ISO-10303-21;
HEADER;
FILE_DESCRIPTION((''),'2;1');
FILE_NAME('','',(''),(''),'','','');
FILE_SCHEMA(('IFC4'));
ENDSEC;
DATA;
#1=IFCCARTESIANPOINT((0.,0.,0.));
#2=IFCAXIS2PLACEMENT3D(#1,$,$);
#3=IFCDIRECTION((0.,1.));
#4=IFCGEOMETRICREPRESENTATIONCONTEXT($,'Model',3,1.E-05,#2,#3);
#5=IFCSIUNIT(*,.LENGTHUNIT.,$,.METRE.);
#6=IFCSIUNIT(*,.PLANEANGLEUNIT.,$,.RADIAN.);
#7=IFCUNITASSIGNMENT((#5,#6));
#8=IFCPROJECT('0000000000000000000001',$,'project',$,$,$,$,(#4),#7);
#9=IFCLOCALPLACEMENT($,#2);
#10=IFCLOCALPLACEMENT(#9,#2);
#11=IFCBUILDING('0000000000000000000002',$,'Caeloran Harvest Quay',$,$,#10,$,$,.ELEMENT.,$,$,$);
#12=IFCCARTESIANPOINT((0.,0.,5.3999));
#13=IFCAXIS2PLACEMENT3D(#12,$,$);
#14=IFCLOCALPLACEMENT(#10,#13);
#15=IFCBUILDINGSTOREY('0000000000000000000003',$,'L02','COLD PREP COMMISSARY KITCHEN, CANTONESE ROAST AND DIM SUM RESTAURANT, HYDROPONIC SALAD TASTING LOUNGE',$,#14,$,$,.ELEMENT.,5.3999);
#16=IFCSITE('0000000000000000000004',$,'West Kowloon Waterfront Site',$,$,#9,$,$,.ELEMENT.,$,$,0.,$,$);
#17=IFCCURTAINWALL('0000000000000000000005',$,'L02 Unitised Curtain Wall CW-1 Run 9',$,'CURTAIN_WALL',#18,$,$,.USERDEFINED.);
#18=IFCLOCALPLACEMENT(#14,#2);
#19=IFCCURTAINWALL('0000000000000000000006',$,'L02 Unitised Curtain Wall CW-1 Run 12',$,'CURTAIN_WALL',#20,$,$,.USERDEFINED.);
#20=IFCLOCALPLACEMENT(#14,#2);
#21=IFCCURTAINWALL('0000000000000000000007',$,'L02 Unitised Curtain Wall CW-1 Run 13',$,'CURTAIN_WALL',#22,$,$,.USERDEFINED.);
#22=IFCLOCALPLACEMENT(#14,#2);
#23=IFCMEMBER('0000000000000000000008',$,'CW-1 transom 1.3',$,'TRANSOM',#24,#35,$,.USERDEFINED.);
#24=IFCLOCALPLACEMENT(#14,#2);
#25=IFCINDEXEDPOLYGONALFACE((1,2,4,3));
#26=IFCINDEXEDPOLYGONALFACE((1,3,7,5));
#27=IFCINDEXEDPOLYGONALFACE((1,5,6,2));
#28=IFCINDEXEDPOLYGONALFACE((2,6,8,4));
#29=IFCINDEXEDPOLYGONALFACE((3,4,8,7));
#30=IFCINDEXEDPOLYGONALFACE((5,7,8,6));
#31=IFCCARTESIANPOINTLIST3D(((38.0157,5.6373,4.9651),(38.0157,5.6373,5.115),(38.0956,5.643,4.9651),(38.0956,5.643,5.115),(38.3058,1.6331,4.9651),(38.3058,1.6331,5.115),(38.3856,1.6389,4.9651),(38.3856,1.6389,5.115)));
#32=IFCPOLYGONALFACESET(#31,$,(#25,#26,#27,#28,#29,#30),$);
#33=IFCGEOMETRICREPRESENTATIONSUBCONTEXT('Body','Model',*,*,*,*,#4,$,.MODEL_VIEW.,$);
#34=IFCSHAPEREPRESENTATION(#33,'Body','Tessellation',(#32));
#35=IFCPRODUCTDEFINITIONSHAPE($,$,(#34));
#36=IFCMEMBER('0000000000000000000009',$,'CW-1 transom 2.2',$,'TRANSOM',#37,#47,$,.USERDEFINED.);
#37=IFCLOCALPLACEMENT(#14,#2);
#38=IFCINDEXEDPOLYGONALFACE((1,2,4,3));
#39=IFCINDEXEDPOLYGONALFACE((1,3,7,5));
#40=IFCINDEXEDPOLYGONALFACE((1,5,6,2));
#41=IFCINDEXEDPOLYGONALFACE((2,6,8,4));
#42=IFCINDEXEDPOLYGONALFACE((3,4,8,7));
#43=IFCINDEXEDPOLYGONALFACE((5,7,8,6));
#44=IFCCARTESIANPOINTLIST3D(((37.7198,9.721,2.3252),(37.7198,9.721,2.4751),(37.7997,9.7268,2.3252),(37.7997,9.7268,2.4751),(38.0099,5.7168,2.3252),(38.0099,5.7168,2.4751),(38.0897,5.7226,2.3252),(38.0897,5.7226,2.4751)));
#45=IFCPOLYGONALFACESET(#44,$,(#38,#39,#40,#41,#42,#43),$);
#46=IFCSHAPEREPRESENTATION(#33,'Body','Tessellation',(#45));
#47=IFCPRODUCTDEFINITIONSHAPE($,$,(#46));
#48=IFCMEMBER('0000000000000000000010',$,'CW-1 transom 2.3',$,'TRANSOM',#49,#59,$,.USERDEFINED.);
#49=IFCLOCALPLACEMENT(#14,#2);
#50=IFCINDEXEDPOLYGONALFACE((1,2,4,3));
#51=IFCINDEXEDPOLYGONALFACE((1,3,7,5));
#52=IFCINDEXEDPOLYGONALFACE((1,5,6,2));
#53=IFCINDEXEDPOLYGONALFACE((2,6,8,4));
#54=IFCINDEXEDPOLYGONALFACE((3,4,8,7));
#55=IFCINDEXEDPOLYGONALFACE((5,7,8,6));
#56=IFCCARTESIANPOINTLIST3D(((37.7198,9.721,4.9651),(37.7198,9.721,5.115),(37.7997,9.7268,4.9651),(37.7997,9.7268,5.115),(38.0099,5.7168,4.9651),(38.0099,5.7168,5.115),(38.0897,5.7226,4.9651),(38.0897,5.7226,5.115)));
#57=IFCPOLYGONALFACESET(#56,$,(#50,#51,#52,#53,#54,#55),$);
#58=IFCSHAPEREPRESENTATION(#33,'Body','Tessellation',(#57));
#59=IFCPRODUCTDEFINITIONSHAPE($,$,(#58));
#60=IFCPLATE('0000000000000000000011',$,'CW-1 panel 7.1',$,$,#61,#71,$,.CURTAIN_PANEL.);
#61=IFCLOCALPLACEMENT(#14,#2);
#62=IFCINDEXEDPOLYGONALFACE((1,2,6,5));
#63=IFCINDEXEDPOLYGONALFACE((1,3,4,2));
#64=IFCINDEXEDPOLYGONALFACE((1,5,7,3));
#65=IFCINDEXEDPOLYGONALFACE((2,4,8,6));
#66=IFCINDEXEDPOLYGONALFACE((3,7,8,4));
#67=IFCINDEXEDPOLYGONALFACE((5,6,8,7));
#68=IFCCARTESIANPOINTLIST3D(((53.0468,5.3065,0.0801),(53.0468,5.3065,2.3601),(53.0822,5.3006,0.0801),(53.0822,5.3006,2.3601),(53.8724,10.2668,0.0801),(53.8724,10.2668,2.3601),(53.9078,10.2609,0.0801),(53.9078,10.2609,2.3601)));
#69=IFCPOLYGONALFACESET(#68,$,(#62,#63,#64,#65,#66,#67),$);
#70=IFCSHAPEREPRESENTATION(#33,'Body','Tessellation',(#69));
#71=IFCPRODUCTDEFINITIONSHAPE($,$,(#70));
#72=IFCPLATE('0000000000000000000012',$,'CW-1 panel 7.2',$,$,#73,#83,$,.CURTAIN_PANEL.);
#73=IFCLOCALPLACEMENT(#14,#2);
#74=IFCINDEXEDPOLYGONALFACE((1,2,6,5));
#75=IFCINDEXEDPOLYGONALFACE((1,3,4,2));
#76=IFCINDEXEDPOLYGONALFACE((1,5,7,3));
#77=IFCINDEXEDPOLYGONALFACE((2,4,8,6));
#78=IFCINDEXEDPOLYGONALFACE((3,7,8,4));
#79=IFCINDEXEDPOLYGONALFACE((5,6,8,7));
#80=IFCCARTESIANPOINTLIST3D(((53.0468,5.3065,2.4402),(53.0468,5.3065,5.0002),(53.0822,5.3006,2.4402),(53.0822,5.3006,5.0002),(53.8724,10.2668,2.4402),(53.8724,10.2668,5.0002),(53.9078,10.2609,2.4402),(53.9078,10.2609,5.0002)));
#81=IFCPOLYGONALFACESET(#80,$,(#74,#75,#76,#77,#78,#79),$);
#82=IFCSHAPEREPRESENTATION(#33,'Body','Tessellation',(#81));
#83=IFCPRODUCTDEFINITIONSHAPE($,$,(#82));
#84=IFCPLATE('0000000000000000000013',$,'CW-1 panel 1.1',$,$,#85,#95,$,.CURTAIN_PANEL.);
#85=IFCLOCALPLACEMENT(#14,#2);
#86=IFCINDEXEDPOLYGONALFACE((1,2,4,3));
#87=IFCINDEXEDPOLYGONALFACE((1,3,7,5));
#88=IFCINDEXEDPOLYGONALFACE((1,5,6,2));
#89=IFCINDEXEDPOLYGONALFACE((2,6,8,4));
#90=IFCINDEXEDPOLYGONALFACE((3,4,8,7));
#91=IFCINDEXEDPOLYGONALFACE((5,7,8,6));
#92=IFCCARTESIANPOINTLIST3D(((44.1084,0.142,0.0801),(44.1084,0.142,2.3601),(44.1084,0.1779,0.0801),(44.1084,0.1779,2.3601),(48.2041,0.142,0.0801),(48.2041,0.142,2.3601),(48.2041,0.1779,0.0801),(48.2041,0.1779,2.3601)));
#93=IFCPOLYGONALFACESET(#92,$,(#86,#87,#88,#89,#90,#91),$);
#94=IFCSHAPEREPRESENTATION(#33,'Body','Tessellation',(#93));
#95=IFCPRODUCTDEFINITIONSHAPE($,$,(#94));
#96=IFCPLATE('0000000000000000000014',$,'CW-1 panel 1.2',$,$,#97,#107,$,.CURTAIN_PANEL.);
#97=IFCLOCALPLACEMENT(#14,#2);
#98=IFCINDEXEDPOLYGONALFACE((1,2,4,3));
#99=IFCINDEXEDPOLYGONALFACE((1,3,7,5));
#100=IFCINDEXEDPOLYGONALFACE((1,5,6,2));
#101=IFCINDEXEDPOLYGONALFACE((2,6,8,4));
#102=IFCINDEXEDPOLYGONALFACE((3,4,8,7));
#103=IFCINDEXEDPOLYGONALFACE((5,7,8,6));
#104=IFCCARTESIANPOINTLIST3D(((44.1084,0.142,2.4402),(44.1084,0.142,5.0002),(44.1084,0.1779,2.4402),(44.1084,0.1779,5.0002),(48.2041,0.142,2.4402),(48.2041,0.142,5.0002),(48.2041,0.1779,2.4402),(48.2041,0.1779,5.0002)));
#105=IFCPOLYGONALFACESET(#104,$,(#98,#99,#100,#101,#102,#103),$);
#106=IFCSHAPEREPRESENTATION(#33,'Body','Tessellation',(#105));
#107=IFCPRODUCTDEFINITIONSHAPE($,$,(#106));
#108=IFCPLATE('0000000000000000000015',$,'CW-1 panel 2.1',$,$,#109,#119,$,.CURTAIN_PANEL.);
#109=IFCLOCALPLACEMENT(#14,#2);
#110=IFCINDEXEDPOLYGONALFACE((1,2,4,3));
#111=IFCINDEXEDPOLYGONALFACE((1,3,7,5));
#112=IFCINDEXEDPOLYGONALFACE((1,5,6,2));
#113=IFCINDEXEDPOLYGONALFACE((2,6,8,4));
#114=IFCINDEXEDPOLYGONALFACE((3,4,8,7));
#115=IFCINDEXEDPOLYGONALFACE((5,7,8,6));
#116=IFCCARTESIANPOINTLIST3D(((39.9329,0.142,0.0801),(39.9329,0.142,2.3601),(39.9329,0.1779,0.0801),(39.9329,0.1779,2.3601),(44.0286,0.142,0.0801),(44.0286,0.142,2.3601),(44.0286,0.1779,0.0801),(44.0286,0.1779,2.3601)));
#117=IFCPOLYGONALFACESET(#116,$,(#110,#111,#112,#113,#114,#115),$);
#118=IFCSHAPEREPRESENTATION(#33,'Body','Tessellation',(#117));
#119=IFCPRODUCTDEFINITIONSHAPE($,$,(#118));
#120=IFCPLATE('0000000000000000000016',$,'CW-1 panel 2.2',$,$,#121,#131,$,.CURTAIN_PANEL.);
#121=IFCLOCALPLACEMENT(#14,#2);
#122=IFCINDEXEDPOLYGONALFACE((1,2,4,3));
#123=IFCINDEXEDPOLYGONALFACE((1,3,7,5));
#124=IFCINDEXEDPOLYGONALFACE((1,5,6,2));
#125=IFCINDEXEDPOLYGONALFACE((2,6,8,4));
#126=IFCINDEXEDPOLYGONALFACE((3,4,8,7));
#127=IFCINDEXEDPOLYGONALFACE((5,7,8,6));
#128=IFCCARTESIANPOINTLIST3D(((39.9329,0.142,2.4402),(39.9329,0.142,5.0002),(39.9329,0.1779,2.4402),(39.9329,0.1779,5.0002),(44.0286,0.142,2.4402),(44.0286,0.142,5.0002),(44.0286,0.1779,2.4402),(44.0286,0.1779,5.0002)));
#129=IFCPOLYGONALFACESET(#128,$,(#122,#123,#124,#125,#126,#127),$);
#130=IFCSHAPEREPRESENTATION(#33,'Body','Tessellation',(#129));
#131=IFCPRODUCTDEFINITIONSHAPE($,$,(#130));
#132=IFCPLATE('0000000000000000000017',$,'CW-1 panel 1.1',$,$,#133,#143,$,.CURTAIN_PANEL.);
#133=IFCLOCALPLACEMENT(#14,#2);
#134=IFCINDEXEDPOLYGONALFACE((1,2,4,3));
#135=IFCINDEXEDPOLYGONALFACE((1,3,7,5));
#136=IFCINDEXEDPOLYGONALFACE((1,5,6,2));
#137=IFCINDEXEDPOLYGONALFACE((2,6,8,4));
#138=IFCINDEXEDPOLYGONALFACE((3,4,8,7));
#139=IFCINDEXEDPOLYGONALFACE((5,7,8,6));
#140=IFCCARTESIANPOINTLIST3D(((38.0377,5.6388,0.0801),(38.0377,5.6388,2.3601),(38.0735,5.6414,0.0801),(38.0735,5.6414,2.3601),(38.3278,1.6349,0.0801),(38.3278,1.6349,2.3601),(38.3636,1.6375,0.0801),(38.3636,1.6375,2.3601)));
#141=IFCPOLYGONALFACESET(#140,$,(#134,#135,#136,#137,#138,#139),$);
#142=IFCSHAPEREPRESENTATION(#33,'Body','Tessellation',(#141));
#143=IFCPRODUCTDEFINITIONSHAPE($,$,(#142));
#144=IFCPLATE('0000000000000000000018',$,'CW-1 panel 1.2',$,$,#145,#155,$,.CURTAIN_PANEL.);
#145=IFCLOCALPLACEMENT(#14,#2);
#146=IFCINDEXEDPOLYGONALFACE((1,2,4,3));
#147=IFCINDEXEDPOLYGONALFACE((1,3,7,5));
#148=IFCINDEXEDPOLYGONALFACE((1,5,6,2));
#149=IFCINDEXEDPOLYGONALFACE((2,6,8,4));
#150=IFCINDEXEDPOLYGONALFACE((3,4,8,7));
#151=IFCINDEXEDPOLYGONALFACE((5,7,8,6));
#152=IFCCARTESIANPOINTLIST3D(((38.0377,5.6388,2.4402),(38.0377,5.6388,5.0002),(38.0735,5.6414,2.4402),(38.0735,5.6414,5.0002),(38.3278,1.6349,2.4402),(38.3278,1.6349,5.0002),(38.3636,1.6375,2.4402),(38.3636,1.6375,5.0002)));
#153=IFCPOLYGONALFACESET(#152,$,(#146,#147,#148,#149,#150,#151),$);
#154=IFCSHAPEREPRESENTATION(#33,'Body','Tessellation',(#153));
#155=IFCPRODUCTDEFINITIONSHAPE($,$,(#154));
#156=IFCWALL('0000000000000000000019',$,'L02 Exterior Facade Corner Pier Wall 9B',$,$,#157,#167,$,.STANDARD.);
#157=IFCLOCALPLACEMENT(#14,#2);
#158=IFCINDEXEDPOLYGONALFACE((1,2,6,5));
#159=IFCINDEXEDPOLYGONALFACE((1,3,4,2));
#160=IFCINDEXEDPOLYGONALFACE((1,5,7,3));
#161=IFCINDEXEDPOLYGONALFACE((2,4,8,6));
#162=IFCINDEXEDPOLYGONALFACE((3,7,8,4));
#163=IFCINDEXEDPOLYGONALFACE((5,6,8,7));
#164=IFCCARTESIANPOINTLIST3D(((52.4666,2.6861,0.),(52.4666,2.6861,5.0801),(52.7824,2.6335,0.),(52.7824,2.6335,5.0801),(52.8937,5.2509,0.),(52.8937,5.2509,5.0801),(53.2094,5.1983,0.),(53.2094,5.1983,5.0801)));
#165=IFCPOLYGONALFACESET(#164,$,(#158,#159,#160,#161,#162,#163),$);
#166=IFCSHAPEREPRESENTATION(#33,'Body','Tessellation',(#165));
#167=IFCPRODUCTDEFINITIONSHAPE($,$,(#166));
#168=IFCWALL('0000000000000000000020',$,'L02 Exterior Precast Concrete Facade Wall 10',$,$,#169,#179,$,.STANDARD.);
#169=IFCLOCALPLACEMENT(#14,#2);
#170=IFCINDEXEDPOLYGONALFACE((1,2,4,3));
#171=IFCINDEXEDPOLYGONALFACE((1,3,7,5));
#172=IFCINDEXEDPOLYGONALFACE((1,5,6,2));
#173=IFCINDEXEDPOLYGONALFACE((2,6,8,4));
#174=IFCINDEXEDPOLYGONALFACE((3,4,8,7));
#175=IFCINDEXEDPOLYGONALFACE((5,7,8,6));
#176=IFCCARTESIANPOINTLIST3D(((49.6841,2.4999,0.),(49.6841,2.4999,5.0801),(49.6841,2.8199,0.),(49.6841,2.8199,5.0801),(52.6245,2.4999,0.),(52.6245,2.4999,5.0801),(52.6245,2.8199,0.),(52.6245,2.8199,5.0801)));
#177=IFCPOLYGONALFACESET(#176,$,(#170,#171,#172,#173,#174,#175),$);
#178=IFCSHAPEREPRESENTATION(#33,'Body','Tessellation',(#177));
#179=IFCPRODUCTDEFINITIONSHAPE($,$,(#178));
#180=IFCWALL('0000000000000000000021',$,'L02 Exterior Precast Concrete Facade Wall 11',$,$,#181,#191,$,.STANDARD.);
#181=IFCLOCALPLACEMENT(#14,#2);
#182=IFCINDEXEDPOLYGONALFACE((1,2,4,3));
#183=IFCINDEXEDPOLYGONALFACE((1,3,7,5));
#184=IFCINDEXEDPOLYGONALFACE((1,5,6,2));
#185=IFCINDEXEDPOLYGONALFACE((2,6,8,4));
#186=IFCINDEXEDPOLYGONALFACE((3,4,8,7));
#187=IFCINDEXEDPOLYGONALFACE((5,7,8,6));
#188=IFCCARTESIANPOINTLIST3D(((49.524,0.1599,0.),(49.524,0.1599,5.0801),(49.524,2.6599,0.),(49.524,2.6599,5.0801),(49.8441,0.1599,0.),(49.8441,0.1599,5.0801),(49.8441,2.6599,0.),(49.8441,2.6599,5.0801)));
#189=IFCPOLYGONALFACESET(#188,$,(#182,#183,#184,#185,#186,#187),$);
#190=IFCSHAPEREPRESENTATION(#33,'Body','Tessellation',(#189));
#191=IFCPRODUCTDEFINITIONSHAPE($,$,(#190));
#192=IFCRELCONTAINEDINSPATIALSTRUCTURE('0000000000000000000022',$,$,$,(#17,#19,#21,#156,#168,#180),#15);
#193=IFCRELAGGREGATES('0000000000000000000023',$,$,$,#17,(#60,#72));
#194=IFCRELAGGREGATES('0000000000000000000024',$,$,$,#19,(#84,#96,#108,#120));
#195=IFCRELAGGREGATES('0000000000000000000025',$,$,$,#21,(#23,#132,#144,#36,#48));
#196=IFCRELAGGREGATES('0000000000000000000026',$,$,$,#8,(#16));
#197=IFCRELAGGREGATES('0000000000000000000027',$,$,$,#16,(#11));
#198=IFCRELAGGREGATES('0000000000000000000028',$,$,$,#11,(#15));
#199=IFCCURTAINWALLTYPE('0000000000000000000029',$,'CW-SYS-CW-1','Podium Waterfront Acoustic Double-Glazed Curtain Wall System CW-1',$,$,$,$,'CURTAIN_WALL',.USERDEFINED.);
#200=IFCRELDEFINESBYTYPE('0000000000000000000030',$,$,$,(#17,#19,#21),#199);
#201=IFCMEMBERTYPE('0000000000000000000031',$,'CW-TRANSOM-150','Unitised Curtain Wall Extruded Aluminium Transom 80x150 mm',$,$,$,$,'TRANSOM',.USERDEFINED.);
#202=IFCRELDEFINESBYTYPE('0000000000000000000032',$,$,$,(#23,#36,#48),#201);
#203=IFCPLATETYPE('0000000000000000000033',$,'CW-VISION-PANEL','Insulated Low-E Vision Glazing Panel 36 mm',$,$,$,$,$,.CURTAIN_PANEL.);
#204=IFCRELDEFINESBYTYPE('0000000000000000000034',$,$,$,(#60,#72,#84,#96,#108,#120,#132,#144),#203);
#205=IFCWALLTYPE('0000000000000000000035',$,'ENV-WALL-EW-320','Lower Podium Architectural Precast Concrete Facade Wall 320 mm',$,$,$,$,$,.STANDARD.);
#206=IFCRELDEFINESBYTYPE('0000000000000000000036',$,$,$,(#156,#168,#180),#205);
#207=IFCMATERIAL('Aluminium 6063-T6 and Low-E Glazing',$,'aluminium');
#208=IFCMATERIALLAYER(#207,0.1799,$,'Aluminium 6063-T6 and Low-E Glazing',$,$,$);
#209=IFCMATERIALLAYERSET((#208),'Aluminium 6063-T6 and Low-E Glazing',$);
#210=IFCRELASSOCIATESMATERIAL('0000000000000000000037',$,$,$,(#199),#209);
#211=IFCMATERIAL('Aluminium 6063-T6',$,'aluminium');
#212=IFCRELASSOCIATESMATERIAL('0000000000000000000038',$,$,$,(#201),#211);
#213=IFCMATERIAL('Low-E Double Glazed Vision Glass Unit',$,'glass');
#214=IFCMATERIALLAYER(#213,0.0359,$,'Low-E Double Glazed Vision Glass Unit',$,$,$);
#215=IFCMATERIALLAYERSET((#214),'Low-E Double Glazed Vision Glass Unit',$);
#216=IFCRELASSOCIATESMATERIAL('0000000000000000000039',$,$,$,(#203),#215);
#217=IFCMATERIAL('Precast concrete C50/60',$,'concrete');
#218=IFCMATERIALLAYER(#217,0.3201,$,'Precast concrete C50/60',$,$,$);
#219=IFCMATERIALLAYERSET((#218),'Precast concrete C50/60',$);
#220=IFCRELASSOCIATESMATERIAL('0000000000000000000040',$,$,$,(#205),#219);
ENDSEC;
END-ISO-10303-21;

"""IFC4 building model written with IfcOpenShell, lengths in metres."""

from ifc_helpers import new_model, si_unit, direction, frame, frame_2d, origin, origin_2d, place, context, subcontext, project, spatial, rectangle, extrude, material, layer, layer_set, material_profile, profile_set, type_object, element, aggregate, save


model = new_model("IFC4")

# Units and contexts
model_context = context("Model", 3, precision=1e-05, world=origin(), true_north=direction((0.0, 1.0)))
body_context = subcontext(model_context, "Body", "Model", "MODEL_VIEW")
ifc_project = project(units=[si_unit("LENGTHUNIT", "METRE"), si_unit("PLANEANGLEUNIT", "RADIAN")], contexts=[model_context])

# Site, building, storey
site_placement = place(None, origin())
site = spatial("IfcSite", under=ifc_project, at=site_placement, Name="West Kowloon Waterfront Site", CompositionType="ELEMENT", RefElevation=0.0)
building_placement = place(site_placement, origin())
building = spatial("IfcBuilding", under=site, at=building_placement, Name="Caeloran Harvest Quay", CompositionType="ELEMENT")
storey_placement = place(building_placement, frame((0.0, 0.0, 5.3999)))
storey = spatial("IfcBuildingStorey", under=building, at=storey_placement, Name="L02", Description="COLD PREP COMMISSARY KITCHEN, CANTONESE ROAST AND DIM SUM RESTAURANT, HYDROPONIC SALAD TASTING LOUNGE", CompositionType="ELEMENT", Elevation=5.3999)

# Curtain wall
ifc_material_1 = material(Name="Aluminium 6063-T6 and Low-E Glazing", Category="aluminium")
ifc_layer_1 = layer(ifc_material_1, 0.1799, Name="Aluminium 6063-T6 and Low-E Glazing")
ifc_layer_set_1 = layer_set([ifc_layer_1], Name="Aluminium 6063-T6 and Low-E Glazing")
curtain_wall_type = type_object("IfcCurtainWallType", Name="CW-SYS-CW-1", Description="Podium Waterfront Acoustic Double-Glazed Curtain Wall System CW-1", ElementType="CURTAIN_WALL", PredefinedType="USERDEFINED", material=ifc_layer_set_1)
curtain_wall_1_placement = place(storey_placement, origin())
curtain_wall_1 = element("IfcCurtainWall", 1, at=curtain_wall_1_placement, inside=storey, type_object=curtain_wall_type, Name="L02 Unitised Curtain Wall CW-1 Run 9", ObjectType="CURTAIN_WALL", PredefinedType="USERDEFINED")
ifc_material_2 = material(Name="Aluminium 6063-T6", Category="aluminium")

# Curtain walls
curtain_wall_2_placement = place(storey_placement, origin())
curtain_wall_2 = element("IfcCurtainWall", 2, at=curtain_wall_2_placement, inside=storey, type_object=curtain_wall_type, Name="L02 Unitised Curtain Wall CW-1 Run 12", ObjectType="CURTAIN_WALL", PredefinedType="USERDEFINED")
curtain_wall_3_placement = place(storey_placement, origin())
curtain_wall_3 = element("IfcCurtainWall", 3, at=curtain_wall_3_placement, inside=storey, type_object=curtain_wall_type, Name="L02 Unitised Curtain Wall CW-1 Run 13", ObjectType="CURTAIN_WALL", PredefinedType="USERDEFINED")

# Members
ifc_material_profile_1 = material_profile(ifc_material_2, rectangle(XDim=0.0801, YDim=0.1499, at=origin_2d()), Name="CW-TRANSOM-150")
ifc_profile_set_1 = profile_set([ifc_material_profile_1], Name="Aluminium 6063-T6")
member_type_1 = type_object("IfcMemberType", Name="CW-TRANSOM-150", Description="Unitised Curtain Wall Extruded Aluminium Transom 80x150 mm", ElementType="TRANSOM", PredefinedType="USERDEFINED", material=ifc_profile_set_1)
member_1_placement = place(storey_placement, frame((38.3457, 1.636, 5.04), z_axis=(-0.072245, 0.997387, 0.0), x_axis=(-0.997387, -0.072245, 0.0)))
member_1 = element("IfcMember", 4, at=member_1_placement, type_object=member_type_1, Name="CW-1 transom 1.3", ObjectType="TRANSOM", PredefinedType="USERDEFINED", context=body_context, shape_type="SweptSolid", body=[
    extrude(rectangle(XDim=0.0801, YDim=0.1499, at=origin_2d()), origin(), (0.0, 0.0, 1.0), 4.0146),
])
member_2_placement = place(storey_placement, frame((38.0498, 5.7197, 2.4001), z_axis=(-0.072245, 0.997387, 0.0), x_axis=(-0.997387, -0.072245, 0.0)))
member_2 = element("IfcMember", 5, at=member_2_placement, type_object=member_type_1, Name="CW-1 transom 2.2", ObjectType="TRANSOM", PredefinedType="USERDEFINED", context=body_context, shape_type="SweptSolid", body=[
    extrude(rectangle(XDim=0.0801, YDim=0.1499, at=origin_2d()), origin(), (0.0, 0.0, 1.0), 4.0146),
])
member_3_placement = place(storey_placement, frame((38.0498, 5.7197, 5.04), z_axis=(-0.072245, 0.997387, 0.0), x_axis=(-0.997387, -0.072245, 0.0)))
member_3 = element("IfcMember", 6, at=member_3_placement, type_object=member_type_1, Name="CW-1 transom 2.3", ObjectType="TRANSOM", PredefinedType="USERDEFINED", context=body_context, shape_type="SweptSolid", body=[
    extrude(rectangle(XDim=0.0801, YDim=0.1499, at=origin_2d()), origin(), (0.0, 0.0, 1.0), 4.0146),
])

# Plates
ifc_material_3 = material(Name="Low-E Double Glazed Vision Glass Unit", Category="glass")
ifc_layer_2 = layer(ifc_material_3, 0.0359, Name="Low-E Double Glazed Vision Glass Unit")
ifc_layer_set_2 = layer_set([ifc_layer_2], Name="Low-E Double Glazed Vision Glass Unit")
plate_type = type_object("IfcPlateType", Name="CW-VISION-PANEL", Description="Insulated Low-E Vision Glazing Panel 36 mm", PredefinedType="CURTAIN_PANEL", material=ifc_layer_set_2)
plate_1_placement = place(storey_placement, frame((53.4773, 7.7837, 0.0801), z_axis=(0.0, 0.0, 1.0), x_axis=(-0.164175, -0.986431, 0.0)))
plate_1 = element("IfcPlate", 7, at=plate_1_placement, type_object=plate_type, Name="CW-1 panel 7.1", PredefinedType="CURTAIN_PANEL", context=body_context, shape_type="SweptSolid", body=[
    extrude(rectangle(XDim=5.0286, YDim=0.0359, at=origin_2d()), origin(), (0.0, 0.0, 1.0), 2.28),
])
plate_2_placement = place(storey_placement, frame((53.4773, 7.7837, 2.4402), z_axis=(0.0, 0.0, 1.0), x_axis=(-0.164175, -0.986431, 0.0)))
plate_2 = element("IfcPlate", 8, at=plate_2_placement, type_object=plate_type, Name="CW-1 panel 7.2", PredefinedType="CURTAIN_PANEL", context=body_context, shape_type="SweptSolid", body=[
    extrude(rectangle(XDim=5.0286, YDim=0.0359, at=origin_2d()), origin(), (0.0, 0.0, 1.0), 2.5601),
])
aggregate(curtain_wall_1, [plate_1, plate_2])
plate_3_placement = place(storey_placement, frame((46.1562, 0.1599, 0.0801), z_axis=(0.0, 0.0, 1.0), x_axis=(-1.0, 0.0, 0.0)))
plate_3 = element("IfcPlate", 9, at=plate_3_placement, type_object=plate_type, Name="CW-1 panel 1.1", PredefinedType="CURTAIN_PANEL", context=body_context, shape_type="SweptSolid", body=[
    extrude(rectangle(XDim=4.0957, YDim=0.0359, at=origin_2d()), origin(), (0.0, 0.0, 1.0), 2.28),
])
plate_4_placement = place(storey_placement, frame((46.1562, 0.1599, 2.4402), z_axis=(0.0, 0.0, 1.0), x_axis=(-1.0, 0.0, 0.0)))
plate_4 = element("IfcPlate", 10, at=plate_4_placement, type_object=plate_type, Name="CW-1 panel 1.2", PredefinedType="CURTAIN_PANEL", context=body_context, shape_type="SweptSolid", body=[
    extrude(rectangle(XDim=4.0957, YDim=0.0359, at=origin_2d()), origin(), (0.0, 0.0, 1.0), 2.5601),
])
plate_5_placement = place(storey_placement, frame((41.9807, 0.1599, 0.0801), z_axis=(0.0, 0.0, 1.0), x_axis=(-1.0, 0.0, 0.0)))
plate_5 = element("IfcPlate", 11, at=plate_5_placement, type_object=plate_type, Name="CW-1 panel 2.1", PredefinedType="CURTAIN_PANEL", context=body_context, shape_type="SweptSolid", body=[
    extrude(rectangle(XDim=4.0957, YDim=0.0359, at=origin_2d()), origin(), (0.0, 0.0, 1.0), 2.28),
])
plate_6_placement = place(storey_placement, frame((41.9807, 0.1599, 2.4402), z_axis=(0.0, 0.0, 1.0), x_axis=(-1.0, 0.0, 0.0)))
plate_6 = element("IfcPlate", 12, at=plate_6_placement, type_object=plate_type, Name="CW-1 panel 2.2", PredefinedType="CURTAIN_PANEL", context=body_context, shape_type="SweptSolid", body=[
    extrude(rectangle(XDim=4.0957, YDim=0.0359, at=origin_2d()), origin(), (0.0, 0.0, 1.0), 2.5601),
])
aggregate(curtain_wall_2, [plate_3, plate_4, plate_5, plate_6])
plate_7_placement = place(storey_placement, frame((38.2007, 3.6382, 0.0801), z_axis=(0.0, 0.0, 1.0), x_axis=(-0.072271, 0.997385, 0.0)))
plate_7 = element("IfcPlate", 13, at=plate_7_placement, type_object=plate_type, Name="CW-1 panel 1.1", PredefinedType="CURTAIN_PANEL", context=body_context, shape_type="SweptSolid", body=[
    extrude(rectangle(XDim=4.0144, YDim=0.0359, at=origin_2d()), origin(), (0.0, 0.0, 1.0), 2.28),
])
plate_8_placement = place(storey_placement, frame((38.2007, 3.6382, 2.4402), z_axis=(0.0, 0.0, 1.0), x_axis=(-0.072271, 0.997385, 0.0)))
plate_8 = element("IfcPlate", 14, at=plate_8_placement, type_object=plate_type, Name="CW-1 panel 1.2", PredefinedType="CURTAIN_PANEL", context=body_context, shape_type="SweptSolid", body=[
    extrude(rectangle(XDim=4.0144, YDim=0.0359, at=origin_2d()), origin(), (0.0, 0.0, 1.0), 2.5601),
])
aggregate(curtain_wall_3, [member_1, plate_7, plate_8, member_2, member_3])

# Walls
ifc_material_4 = material(Name="Precast concrete C50/60", Category="concrete")
ifc_layer_3 = layer(ifc_material_4, 0.3201, Name="Precast concrete C50/60")
ifc_layer_set_3 = layer_set([ifc_layer_3], Name="Precast concrete C50/60")
wall_type_1 = type_object("IfcWallType", Name="ENV-WALL-EW-320", Description="Lower Podium Architectural Precast Concrete Facade Wall 320 mm", PredefinedType="STANDARD", material=ifc_layer_set_3)
wall_1_placement = place(storey_placement, frame((53.0515, 5.2246, 0.0), z_axis=(0.0, 0.0, 1.0), x_axis=(-0.164231, -0.986422, 0.0)))
element("IfcWall", 15, at=wall_1_placement, inside=storey, type_object=wall_type_1, Name="L02 Exterior Facade Corner Pier Wall 9B", PredefinedType="STANDARD", context=body_context, shape_type="SweptSolid", body=[
    extrude(rectangle(XDim=2.6001, YDim=0.3201, at=frame_2d((1.3, 0.0))), origin(), (0.0, 0.0, 1.0), 5.0801),
])
wall_2_placement = place(storey_placement, frame((52.6245, 2.6599, 0.0), z_axis=(0.0, 0.0, 1.0), x_axis=(-1.0, 0.0, 0.0)))
element("IfcWall", 16, at=wall_2_placement, inside=storey, type_object=wall_type_1, Name="L02 Exterior Precast Concrete Facade Wall 10", PredefinedType="STANDARD", context=body_context, shape_type="SweptSolid", body=[
    extrude(rectangle(XDim=2.9404, YDim=0.3201, at=frame_2d((1.4702, 0.0))), origin(), (0.0, 0.0, 1.0), 5.0801),
])
wall_3_placement = place(storey_placement, frame((49.6841, 2.6599, 0.0), z_axis=(0.0, 0.0, 1.0), x_axis=(0.0, -1.0, 0.0)))
element("IfcWall", 17, at=wall_3_placement, inside=storey, type_object=wall_type_1, Name="L02 Exterior Precast Concrete Facade Wall 11", PredefinedType="STANDARD", context=body_context, shape_type="SweptSolid", body=[
    extrude(rectangle(XDim=2.5, YDim=0.3201, at=frame_2d((1.25, 0.0))), origin(), (0.0, 0.0, 1.0), 5.0801),
])

save(model, "model.ifc")
